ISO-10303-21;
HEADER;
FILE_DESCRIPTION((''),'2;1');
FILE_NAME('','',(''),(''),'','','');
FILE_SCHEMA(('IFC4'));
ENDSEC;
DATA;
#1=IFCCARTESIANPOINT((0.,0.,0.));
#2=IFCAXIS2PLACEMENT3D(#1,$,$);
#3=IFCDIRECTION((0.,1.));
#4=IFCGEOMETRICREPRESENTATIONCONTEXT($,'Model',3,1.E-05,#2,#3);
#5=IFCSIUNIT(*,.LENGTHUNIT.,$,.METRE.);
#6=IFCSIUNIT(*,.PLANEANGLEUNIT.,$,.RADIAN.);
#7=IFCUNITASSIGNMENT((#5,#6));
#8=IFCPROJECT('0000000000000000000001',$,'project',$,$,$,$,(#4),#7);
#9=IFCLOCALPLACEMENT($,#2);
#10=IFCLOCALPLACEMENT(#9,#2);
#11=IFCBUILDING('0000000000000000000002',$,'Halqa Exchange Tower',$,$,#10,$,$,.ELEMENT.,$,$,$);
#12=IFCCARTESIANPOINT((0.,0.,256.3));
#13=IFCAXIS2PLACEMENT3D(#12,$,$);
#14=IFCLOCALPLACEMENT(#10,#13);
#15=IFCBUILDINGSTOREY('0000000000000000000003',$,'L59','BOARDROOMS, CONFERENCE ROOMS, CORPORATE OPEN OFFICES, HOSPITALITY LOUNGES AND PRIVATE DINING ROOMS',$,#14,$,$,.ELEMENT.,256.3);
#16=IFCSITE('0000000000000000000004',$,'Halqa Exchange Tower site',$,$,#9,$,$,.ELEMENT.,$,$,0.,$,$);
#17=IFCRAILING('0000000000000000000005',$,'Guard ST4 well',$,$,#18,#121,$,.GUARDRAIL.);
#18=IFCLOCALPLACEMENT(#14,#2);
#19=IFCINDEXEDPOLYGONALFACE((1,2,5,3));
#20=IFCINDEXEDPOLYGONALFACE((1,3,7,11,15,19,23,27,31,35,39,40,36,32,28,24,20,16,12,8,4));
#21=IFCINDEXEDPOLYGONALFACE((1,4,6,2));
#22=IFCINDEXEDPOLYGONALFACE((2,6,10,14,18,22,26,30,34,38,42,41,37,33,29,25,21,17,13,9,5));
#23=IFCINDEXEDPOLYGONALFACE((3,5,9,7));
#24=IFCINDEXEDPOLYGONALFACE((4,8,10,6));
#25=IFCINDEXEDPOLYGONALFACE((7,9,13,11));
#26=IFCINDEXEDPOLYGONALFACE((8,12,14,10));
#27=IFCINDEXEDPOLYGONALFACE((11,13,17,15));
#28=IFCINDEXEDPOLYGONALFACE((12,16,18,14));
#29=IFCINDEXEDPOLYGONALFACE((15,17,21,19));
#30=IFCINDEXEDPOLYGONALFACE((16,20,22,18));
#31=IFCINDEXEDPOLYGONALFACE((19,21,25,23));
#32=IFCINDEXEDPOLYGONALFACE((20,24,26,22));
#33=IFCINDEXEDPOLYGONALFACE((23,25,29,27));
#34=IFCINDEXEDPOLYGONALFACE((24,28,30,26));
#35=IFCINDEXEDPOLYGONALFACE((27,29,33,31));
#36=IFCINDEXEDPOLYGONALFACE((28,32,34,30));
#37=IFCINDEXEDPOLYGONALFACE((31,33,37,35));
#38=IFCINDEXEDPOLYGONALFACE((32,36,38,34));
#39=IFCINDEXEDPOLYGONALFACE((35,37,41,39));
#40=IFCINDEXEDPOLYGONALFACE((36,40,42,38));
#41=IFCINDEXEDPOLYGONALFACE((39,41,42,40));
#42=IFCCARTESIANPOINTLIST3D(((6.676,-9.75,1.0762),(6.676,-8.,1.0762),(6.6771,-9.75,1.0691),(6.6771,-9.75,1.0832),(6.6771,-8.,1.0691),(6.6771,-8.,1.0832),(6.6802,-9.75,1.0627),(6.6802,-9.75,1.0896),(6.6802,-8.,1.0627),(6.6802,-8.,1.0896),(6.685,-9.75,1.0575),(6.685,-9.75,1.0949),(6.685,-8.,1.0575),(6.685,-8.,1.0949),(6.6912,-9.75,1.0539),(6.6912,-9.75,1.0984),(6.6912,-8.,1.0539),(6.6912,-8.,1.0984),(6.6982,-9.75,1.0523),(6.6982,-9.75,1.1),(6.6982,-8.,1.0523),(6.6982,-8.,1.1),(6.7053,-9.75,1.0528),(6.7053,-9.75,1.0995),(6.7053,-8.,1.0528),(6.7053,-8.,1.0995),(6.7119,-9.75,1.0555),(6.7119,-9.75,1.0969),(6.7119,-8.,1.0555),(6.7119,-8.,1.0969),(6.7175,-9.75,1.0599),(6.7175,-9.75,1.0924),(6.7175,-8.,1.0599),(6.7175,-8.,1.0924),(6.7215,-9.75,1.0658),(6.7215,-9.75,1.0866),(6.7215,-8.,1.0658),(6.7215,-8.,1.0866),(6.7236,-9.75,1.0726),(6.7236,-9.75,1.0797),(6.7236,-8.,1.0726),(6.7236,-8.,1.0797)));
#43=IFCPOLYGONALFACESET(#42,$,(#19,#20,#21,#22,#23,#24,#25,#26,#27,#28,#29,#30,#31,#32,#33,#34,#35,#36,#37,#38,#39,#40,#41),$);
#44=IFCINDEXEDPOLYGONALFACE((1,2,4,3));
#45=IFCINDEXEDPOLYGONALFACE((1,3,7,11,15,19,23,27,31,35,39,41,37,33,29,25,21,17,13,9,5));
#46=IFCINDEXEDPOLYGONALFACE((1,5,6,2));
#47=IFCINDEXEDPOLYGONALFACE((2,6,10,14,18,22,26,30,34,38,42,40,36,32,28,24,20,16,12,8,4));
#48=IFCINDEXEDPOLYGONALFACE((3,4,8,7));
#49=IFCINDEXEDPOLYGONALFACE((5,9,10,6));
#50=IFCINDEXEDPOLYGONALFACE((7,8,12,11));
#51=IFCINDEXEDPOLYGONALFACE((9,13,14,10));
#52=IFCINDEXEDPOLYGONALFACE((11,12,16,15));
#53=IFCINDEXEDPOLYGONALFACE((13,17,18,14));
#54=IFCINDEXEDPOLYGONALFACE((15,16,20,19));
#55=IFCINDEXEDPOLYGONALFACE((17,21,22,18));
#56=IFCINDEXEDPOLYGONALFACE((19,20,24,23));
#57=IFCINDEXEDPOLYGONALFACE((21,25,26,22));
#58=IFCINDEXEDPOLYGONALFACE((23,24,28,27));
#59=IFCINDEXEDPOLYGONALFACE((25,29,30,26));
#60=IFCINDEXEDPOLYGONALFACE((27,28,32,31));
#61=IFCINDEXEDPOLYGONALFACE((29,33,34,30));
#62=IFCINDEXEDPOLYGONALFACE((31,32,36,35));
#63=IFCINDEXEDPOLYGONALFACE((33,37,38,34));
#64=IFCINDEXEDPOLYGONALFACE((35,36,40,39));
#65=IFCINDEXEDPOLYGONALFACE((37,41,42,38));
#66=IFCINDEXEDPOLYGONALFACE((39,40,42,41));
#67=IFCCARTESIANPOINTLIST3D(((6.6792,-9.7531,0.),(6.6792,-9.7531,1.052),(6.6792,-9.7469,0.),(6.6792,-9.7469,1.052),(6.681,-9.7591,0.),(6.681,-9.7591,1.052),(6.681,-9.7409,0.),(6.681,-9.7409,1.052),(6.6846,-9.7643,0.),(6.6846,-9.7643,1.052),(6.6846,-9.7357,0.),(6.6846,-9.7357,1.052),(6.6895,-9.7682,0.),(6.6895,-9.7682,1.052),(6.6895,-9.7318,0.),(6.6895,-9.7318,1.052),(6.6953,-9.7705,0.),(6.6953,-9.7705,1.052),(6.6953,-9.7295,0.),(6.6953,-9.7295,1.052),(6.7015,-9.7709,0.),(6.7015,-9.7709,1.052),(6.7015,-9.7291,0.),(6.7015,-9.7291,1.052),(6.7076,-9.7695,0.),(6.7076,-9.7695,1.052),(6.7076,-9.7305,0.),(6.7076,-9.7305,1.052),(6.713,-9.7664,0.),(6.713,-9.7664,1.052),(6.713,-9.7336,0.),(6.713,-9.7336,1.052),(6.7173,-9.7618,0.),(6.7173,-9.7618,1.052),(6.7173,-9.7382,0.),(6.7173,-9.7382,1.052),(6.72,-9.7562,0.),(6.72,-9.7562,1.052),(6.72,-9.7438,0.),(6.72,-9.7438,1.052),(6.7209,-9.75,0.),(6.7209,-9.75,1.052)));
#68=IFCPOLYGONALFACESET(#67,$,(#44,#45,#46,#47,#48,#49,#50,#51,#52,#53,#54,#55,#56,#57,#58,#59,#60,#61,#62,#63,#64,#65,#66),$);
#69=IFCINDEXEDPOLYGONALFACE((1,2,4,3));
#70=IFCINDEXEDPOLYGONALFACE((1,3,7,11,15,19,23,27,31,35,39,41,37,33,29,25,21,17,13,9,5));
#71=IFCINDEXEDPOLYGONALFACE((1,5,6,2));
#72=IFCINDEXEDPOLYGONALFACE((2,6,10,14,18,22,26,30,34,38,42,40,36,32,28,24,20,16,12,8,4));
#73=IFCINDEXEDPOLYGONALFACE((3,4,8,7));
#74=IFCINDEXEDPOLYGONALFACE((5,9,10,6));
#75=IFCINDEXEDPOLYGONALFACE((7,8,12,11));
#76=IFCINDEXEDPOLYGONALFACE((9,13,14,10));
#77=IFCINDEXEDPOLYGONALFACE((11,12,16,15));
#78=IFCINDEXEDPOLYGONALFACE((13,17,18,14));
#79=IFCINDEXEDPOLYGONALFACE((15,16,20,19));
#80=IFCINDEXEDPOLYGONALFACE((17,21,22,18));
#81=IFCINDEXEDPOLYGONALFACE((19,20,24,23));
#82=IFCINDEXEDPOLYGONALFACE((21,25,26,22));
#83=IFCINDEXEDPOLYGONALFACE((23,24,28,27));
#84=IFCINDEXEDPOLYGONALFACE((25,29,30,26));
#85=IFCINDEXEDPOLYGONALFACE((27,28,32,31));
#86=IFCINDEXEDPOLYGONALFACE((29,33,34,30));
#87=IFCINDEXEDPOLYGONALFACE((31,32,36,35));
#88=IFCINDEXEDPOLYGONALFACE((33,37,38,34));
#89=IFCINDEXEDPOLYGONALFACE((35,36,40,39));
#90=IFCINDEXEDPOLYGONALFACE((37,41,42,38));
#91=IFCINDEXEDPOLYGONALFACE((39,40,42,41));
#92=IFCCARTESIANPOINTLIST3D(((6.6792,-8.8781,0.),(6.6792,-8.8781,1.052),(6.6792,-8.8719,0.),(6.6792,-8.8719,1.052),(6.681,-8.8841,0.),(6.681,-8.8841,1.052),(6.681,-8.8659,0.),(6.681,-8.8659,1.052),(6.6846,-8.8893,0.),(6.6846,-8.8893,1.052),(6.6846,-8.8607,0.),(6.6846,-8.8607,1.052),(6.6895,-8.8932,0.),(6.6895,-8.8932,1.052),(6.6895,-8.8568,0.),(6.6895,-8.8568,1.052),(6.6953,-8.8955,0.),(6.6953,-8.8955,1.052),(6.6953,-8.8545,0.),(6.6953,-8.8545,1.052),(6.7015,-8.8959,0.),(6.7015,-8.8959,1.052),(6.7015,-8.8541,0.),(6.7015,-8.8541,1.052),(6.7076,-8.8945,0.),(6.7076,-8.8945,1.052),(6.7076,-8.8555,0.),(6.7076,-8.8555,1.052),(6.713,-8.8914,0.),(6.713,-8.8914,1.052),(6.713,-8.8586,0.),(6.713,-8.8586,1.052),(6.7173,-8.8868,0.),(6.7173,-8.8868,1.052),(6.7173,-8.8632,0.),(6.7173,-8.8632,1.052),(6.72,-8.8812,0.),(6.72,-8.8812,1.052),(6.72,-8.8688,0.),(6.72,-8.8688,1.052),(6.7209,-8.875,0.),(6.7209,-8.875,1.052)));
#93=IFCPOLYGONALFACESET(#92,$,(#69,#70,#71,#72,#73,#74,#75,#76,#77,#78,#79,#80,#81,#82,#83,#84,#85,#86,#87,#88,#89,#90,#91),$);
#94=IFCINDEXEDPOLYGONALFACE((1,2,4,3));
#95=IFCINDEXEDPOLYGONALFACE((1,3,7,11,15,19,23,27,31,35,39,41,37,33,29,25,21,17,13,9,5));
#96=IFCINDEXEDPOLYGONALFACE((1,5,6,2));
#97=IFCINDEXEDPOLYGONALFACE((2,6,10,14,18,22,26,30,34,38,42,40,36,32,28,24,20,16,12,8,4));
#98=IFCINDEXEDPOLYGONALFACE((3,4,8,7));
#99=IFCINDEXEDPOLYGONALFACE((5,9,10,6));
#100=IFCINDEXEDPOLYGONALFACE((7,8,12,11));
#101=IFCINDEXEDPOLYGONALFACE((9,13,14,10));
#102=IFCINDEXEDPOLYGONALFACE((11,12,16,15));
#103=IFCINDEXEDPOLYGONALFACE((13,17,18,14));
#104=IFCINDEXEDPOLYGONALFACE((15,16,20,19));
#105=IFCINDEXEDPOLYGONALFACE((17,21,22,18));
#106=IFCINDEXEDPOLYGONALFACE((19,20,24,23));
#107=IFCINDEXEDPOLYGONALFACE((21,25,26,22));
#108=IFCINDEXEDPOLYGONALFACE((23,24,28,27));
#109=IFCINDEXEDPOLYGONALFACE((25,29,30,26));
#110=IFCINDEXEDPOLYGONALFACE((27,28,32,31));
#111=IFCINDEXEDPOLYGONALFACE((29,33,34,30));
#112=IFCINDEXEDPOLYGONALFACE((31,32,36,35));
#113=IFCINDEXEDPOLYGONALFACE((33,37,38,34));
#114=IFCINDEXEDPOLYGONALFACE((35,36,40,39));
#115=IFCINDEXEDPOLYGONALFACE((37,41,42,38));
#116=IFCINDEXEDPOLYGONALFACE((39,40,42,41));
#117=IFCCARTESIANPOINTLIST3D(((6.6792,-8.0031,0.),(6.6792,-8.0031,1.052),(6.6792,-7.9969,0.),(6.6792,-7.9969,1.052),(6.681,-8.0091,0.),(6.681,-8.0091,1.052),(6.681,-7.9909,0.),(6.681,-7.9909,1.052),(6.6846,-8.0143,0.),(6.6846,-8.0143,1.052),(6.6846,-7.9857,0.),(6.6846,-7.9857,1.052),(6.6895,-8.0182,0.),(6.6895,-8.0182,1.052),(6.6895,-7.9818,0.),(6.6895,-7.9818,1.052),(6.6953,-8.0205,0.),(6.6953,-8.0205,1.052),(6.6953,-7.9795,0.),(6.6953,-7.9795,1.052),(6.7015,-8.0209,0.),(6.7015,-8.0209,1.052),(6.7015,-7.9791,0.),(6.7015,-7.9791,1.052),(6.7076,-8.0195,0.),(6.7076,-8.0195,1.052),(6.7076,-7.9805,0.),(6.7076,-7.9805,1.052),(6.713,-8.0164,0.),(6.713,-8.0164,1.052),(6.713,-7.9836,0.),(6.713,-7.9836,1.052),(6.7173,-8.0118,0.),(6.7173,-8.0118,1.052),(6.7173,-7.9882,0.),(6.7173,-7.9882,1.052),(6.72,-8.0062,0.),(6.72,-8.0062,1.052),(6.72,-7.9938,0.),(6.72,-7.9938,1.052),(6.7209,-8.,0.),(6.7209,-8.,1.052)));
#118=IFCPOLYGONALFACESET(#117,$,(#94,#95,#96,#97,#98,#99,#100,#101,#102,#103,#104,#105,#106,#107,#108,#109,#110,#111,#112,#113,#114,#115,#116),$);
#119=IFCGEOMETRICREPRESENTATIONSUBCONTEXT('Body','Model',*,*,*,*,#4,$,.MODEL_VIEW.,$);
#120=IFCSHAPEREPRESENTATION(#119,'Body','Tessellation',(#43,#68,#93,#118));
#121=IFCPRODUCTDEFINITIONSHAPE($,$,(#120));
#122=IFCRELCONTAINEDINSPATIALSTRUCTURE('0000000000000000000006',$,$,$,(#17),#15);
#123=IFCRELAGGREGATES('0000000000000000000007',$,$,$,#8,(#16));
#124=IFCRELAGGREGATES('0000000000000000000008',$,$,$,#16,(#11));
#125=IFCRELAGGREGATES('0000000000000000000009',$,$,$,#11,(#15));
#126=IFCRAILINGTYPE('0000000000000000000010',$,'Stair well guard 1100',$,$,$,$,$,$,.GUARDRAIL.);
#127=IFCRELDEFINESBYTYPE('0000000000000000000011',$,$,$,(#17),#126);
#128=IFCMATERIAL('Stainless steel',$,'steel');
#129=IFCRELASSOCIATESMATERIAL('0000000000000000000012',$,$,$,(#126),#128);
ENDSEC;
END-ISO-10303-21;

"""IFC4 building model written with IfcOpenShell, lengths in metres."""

from ifc_helpers import new_model, si_unit, direction, frame, origin, origin_2d, place, context, subcontext, project, spatial, circle, extrude, material, type_object, element, save


model = new_model("IFC4")

# Units and contexts
model_context = context("Model", 3, precision=1e-05, world=origin(), true_north=direction((0.0, 1.0)))
body_context = subcontext(model_context, "Body", "Model", "MODEL_VIEW")
ifc_project = project(units=[si_unit("LENGTHUNIT", "METRE"), si_unit("PLANEANGLEUNIT", "RADIAN")], contexts=[model_context])

# Site, building, storey
site_placement = place(None, origin())
site = spatial("IfcSite", under=ifc_project, at=site_placement, Name="Halqa Exchange Tower site", CompositionType="ELEMENT", RefElevation=0.0)
building_placement = place(site_placement, origin())
building = spatial("IfcBuilding", under=site, at=building_placement, Name="Halqa Exchange Tower", CompositionType="ELEMENT")
storey_placement = place(building_placement, frame((0.0, 0.0, 256.3)))
storey = spatial("IfcBuildingStorey", under=building, at=storey_placement, Name="L59", Description="BOARDROOMS, CONFERENCE ROOMS, CORPORATE OPEN OFFICES, HOSPITALITY LOUNGES AND PRIVATE DINING ROOMS", CompositionType="ELEMENT", Elevation=256.3)

# Railing
ifc_material_1 = material(Name="Stainless steel", Category="steel")
railing_type_1 = type_object("IfcRailingType", Name="Stair well guard 1100", PredefinedType="GUARDRAIL", material=ifc_material_1)
railing_1_placement = place(storey_placement, frame((6.7, -9.75, 0.0)))
element("IfcRailing", 1, at=railing_1_placement, inside=storey, type_object=railing_type_1, Name="Guard ST4 well", PredefinedType="GUARDRAIL", context=body_context, shape_type="SweptSolid", body=[
    extrude(circle(Radius=0.0239, at=origin_2d()), frame((0.0, 0.0, 1.0762), z_axis=(0.0, 1.0, 0.0), x_axis=(-1.0, 0.0, 0.0)), (0.0, 0.0, 1.0), 1.75),
    extrude(circle(Radius=0.021, at=origin_2d()), origin(), (0.0, 0.0, 1.0), 1.052),
    extrude(circle(Radius=0.021, at=origin_2d()), frame((0.0, 0.875, 0.0)), (0.0, 0.0, 1.0), 1.052),
    extrude(circle(Radius=0.021, at=origin_2d()), frame((0.0, 1.75, 0.0)), (0.0, 0.0, 1.0), 1.052),
])

save(model, "model.ifc")
